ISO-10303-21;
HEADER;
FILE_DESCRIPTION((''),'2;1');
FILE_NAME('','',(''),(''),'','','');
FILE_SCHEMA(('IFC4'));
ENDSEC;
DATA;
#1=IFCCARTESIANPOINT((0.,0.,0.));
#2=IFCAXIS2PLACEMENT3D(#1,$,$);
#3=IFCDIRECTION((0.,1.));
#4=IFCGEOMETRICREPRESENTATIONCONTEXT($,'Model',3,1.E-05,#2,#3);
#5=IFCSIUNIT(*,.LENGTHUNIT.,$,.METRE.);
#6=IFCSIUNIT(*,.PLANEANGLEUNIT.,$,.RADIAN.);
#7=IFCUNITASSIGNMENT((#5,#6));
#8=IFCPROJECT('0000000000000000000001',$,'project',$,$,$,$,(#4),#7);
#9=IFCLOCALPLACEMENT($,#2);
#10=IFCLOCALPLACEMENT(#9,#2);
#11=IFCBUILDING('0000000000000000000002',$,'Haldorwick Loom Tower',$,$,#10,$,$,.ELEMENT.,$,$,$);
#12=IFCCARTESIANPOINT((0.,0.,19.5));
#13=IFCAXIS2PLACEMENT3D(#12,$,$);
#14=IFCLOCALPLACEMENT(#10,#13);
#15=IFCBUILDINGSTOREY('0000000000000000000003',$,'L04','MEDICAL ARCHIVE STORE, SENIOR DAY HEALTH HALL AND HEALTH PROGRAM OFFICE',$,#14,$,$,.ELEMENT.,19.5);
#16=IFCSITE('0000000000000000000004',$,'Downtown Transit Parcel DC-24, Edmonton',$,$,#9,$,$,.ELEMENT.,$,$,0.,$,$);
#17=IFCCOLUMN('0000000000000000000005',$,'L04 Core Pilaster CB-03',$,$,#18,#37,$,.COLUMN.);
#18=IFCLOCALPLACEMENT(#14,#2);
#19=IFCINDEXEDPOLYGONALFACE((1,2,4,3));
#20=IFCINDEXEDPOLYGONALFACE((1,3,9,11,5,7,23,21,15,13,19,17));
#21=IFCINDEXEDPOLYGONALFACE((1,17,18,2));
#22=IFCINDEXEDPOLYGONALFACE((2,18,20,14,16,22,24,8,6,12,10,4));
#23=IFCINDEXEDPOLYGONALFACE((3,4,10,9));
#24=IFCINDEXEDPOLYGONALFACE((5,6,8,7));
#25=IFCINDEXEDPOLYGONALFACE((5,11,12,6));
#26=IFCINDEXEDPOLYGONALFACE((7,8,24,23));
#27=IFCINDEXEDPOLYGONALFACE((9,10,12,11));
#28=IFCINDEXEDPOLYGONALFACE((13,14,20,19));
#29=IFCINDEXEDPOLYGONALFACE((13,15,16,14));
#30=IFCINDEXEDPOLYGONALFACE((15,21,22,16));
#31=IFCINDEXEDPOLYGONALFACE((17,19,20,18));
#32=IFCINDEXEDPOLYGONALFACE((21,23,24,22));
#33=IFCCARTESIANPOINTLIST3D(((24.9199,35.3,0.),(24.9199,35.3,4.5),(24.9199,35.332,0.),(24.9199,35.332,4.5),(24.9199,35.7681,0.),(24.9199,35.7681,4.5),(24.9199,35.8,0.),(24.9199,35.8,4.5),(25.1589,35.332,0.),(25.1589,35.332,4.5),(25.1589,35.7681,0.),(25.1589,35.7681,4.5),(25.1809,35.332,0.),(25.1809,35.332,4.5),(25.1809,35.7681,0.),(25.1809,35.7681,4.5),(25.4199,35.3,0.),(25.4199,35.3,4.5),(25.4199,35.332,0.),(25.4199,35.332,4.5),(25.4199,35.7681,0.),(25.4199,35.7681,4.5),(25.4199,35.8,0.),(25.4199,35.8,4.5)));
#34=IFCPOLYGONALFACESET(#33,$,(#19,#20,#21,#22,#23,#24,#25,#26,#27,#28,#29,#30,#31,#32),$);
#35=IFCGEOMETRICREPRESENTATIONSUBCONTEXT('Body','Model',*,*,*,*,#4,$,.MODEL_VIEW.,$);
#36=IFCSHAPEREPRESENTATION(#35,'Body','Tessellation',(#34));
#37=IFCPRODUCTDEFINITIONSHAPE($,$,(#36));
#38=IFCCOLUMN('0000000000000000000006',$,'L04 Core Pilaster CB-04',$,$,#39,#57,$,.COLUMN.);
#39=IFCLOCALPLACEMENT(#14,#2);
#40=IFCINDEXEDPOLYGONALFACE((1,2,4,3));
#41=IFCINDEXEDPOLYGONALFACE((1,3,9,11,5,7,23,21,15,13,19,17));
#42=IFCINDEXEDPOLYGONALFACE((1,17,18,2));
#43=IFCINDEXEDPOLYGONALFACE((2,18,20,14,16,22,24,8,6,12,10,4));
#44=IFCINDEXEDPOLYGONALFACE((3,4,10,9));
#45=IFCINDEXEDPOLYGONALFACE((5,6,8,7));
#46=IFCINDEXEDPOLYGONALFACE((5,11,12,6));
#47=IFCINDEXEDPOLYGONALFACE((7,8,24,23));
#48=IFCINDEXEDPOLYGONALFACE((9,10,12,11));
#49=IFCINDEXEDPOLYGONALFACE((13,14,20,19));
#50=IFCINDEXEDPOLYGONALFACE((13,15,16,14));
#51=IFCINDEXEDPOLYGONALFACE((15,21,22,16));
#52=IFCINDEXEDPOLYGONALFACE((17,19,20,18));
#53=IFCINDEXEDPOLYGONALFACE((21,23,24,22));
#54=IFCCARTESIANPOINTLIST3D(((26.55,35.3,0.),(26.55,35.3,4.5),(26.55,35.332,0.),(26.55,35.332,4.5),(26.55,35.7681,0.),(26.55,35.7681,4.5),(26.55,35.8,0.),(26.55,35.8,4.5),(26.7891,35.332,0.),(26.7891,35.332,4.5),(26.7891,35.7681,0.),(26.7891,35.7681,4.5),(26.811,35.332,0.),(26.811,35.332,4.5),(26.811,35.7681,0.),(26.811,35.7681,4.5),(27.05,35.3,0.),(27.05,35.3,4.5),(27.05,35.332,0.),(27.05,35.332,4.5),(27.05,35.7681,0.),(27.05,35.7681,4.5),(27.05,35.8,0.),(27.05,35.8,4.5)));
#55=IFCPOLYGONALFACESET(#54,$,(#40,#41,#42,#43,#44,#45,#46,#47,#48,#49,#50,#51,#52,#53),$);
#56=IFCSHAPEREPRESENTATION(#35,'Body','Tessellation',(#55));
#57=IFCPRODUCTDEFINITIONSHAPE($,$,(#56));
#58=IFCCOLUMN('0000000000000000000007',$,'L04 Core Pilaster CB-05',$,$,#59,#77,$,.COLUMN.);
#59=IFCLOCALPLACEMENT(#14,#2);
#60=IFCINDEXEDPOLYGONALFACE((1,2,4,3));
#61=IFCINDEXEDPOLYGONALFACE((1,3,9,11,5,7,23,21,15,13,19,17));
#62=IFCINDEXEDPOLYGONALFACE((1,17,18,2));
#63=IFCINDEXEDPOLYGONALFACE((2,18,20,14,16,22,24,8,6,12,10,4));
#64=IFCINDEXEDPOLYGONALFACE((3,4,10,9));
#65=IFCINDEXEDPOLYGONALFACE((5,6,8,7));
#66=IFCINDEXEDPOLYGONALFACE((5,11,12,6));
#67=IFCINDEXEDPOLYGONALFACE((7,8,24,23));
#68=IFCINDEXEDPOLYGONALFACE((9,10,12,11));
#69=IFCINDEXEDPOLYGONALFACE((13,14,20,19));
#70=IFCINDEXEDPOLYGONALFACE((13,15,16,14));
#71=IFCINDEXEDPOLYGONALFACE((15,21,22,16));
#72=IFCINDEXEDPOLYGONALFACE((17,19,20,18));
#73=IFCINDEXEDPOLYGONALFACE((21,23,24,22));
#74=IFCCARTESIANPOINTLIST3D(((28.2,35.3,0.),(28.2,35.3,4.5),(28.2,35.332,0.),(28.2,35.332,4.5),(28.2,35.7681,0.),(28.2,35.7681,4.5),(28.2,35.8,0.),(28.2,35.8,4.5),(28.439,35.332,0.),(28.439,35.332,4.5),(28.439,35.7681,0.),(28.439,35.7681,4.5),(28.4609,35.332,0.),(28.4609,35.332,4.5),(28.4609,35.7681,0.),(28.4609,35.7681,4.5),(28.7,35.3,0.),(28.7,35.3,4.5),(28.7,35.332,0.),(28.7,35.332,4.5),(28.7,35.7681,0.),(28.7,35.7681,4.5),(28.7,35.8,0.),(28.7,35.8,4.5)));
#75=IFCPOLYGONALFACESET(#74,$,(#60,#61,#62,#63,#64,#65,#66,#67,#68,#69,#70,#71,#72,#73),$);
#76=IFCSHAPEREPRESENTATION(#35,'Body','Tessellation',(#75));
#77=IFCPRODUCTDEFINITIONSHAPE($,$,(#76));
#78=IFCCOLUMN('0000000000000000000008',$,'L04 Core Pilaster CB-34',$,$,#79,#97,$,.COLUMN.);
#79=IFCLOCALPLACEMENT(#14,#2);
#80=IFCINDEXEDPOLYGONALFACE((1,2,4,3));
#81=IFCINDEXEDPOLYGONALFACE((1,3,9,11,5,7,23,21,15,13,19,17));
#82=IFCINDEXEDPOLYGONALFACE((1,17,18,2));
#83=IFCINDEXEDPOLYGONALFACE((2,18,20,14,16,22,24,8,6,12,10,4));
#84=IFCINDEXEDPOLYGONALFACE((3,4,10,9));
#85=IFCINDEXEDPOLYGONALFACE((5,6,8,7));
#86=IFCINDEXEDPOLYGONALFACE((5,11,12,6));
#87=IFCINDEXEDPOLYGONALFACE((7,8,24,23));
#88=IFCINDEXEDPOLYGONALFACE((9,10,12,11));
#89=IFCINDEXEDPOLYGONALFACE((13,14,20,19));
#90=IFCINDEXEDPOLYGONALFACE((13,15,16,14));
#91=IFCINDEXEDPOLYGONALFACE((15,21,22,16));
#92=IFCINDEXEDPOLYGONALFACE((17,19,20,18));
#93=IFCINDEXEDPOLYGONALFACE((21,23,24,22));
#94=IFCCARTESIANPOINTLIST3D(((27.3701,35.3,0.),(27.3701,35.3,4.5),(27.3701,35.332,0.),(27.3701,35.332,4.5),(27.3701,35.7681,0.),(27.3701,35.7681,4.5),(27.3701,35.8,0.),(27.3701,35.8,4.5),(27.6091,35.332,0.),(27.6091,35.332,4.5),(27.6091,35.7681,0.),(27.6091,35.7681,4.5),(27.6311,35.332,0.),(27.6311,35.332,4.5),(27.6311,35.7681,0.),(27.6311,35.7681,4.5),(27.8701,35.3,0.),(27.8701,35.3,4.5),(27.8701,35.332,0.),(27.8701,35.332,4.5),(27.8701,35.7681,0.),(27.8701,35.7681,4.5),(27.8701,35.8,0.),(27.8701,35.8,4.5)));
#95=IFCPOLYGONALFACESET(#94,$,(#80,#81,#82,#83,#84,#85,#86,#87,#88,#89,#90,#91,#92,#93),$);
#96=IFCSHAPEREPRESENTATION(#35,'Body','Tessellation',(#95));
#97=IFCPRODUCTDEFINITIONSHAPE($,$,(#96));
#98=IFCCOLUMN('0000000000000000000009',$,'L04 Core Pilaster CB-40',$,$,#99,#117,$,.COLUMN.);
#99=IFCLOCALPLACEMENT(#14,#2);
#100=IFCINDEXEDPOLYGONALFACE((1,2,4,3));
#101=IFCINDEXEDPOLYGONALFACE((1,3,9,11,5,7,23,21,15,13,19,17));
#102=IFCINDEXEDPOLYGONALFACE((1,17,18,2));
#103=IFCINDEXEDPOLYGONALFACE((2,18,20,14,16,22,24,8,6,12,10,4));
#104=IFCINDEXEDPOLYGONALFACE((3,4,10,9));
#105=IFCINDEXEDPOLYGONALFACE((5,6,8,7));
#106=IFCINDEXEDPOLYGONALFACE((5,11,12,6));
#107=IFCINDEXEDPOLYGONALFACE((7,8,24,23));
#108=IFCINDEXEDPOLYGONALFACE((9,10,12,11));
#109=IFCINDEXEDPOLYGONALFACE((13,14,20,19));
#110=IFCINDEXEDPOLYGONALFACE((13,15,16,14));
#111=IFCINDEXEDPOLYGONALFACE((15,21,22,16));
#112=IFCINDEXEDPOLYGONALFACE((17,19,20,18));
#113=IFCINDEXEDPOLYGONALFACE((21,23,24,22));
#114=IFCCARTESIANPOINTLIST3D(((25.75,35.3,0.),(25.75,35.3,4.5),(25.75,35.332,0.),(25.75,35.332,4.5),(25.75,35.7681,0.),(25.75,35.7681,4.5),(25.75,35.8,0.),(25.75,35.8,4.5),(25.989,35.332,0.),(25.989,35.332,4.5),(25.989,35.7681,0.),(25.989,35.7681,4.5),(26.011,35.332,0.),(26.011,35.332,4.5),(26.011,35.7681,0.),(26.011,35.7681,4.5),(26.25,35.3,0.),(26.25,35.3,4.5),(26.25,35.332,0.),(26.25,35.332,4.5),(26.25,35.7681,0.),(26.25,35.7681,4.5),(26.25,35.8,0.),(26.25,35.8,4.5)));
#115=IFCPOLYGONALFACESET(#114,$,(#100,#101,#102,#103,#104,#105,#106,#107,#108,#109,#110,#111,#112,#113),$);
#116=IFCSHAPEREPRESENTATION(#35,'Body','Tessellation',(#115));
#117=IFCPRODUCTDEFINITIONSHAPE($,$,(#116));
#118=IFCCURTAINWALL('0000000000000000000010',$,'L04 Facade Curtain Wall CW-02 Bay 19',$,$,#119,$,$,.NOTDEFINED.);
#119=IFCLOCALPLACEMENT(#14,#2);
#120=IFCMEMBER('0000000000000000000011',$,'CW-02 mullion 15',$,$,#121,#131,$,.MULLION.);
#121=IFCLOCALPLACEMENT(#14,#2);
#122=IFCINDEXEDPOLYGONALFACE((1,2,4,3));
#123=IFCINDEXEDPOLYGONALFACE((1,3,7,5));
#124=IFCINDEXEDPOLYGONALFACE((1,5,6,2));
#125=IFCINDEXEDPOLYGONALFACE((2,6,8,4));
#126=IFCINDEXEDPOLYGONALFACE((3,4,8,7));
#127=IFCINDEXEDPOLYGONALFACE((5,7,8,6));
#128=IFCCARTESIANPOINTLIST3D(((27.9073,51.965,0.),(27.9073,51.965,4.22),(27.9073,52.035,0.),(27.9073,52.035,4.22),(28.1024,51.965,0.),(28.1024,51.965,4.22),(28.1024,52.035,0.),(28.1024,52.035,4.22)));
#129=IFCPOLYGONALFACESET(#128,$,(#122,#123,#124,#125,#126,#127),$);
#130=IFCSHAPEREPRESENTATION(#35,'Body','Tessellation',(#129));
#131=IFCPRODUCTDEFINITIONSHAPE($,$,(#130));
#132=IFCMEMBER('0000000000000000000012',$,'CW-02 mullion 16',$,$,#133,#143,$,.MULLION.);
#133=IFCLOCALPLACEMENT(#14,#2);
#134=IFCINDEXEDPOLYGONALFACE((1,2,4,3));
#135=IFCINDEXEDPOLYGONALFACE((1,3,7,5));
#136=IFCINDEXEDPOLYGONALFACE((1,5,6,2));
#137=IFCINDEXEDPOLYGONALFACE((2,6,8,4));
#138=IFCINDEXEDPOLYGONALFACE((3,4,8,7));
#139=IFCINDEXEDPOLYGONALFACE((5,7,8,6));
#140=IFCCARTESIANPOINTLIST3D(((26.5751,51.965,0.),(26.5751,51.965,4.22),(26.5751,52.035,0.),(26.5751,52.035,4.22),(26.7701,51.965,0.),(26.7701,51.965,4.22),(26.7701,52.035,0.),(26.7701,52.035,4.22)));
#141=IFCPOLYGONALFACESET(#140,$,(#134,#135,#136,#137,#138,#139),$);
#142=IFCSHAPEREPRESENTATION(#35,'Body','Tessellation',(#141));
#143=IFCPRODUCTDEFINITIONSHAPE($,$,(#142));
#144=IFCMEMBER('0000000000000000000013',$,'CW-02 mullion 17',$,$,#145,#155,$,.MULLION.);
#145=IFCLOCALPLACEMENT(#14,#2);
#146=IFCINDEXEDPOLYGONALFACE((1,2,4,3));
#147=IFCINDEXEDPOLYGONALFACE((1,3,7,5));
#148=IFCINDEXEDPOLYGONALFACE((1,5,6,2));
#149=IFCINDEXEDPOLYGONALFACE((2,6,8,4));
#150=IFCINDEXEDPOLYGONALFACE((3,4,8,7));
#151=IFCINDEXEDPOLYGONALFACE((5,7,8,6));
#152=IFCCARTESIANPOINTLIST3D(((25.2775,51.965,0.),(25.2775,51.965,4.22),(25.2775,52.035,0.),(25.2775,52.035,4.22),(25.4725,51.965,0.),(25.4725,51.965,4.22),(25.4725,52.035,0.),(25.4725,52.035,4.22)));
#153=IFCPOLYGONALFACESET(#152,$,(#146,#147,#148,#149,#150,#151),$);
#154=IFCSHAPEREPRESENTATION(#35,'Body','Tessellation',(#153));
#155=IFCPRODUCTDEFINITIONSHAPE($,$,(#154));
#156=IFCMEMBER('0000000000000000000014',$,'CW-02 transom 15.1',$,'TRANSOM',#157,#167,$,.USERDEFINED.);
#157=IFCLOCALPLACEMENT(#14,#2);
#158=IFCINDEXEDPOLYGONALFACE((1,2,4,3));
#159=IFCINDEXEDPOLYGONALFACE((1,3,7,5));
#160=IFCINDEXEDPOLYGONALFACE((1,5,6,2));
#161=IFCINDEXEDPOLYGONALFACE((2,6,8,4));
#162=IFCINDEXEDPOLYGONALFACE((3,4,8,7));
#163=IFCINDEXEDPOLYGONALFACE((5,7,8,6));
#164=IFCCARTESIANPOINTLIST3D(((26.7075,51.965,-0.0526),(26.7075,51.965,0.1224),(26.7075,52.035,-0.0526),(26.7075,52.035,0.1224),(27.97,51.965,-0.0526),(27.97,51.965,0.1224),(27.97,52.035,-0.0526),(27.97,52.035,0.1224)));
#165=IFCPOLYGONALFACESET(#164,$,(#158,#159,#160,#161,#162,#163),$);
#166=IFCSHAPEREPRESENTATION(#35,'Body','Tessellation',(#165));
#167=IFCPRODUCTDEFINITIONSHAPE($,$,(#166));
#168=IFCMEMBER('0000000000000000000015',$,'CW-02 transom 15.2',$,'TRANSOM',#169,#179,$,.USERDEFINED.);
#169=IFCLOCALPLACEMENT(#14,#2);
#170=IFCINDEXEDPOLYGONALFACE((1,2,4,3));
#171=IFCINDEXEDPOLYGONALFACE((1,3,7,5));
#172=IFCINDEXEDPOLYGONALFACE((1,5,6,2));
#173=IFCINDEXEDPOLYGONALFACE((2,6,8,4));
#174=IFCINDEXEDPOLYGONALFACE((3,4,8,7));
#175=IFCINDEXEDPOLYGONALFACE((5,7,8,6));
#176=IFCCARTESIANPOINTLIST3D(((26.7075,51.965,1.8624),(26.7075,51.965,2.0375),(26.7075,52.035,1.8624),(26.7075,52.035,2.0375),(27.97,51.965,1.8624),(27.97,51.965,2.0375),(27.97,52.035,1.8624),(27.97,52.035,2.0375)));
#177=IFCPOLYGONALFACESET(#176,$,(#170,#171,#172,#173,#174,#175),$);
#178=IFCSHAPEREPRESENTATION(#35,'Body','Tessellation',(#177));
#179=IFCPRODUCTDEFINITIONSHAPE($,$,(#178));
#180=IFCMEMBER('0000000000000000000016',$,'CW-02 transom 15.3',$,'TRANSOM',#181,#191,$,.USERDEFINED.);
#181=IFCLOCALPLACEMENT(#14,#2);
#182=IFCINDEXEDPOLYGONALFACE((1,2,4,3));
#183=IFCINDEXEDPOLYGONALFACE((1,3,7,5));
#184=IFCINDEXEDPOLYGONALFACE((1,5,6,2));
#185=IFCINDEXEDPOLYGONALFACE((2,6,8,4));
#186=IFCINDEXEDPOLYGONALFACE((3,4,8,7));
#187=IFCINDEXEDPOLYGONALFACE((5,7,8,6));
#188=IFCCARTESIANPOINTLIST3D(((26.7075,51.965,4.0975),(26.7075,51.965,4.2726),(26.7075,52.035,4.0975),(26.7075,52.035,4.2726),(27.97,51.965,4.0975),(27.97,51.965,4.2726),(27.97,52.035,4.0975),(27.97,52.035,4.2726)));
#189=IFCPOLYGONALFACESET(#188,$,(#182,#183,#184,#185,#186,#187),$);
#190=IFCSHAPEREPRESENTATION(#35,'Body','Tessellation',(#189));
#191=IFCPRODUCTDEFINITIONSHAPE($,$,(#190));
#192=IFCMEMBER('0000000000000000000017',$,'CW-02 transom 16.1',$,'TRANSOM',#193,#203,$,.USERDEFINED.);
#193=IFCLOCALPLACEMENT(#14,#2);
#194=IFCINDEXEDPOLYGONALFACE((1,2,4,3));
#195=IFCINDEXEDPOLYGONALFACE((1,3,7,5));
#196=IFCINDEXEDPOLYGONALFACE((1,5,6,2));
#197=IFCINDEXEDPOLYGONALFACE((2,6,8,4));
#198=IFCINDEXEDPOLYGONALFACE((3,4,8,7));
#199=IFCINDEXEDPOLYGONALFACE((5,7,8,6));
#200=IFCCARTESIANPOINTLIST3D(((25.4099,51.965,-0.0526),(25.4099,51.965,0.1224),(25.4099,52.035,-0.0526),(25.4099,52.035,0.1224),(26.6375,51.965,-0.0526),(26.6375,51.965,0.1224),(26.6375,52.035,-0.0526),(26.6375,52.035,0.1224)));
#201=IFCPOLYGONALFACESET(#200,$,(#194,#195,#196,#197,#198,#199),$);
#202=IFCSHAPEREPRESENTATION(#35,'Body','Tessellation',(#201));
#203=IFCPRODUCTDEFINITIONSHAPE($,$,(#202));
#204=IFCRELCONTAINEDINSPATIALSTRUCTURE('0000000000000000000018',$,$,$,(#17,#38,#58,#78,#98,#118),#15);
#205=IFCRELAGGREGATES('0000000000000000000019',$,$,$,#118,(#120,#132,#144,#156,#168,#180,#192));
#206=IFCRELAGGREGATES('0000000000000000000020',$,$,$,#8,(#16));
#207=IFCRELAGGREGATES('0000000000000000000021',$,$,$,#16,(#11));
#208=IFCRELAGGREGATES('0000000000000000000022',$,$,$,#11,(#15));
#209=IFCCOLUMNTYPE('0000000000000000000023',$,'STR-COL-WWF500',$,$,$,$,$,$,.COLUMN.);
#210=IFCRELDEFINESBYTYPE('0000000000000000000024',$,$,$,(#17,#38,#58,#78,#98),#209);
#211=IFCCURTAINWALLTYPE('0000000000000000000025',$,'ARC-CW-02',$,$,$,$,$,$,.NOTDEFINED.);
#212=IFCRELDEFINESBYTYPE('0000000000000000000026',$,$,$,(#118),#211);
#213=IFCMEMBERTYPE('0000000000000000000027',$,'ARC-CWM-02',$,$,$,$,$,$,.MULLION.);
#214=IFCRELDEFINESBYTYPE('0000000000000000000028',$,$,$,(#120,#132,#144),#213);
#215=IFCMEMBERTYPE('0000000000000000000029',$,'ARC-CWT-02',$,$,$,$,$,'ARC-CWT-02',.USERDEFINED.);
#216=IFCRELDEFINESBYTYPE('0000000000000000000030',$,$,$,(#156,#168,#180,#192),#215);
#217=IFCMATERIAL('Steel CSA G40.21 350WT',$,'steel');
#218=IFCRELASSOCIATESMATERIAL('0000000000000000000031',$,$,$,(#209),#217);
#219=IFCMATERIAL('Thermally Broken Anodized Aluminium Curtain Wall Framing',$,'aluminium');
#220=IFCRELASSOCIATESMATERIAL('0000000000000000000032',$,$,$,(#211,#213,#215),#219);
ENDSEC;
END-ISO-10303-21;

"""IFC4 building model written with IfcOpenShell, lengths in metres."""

from ifc_helpers import new_model, si_unit, direction, frame, origin, origin_2d, place, context, subcontext, project, spatial, rectangle, i_section, extrude, material, material_profile, profile_set, type_object, element, aggregate, save


model = new_model("IFC4")

# Units and contexts
model_context = context("Model", 3, precision=1e-05, world=origin(), true_north=direction((0.0, 1.0)))
body_context = subcontext(model_context, "Body", "Model", "MODEL_VIEW")
ifc_project = project(units=[si_unit("LENGTHUNIT", "METRE"), si_unit("PLANEANGLEUNIT", "RADIAN")], contexts=[model_context])

# Site, building, storey
site_placement = place(None, origin())
site = spatial("IfcSite", under=ifc_project, at=site_placement, Name="Downtown Transit Parcel DC-24, Edmonton", CompositionType="ELEMENT", RefElevation=0.0)
building_placement = place(site_placement, origin())
building = spatial("IfcBuilding", under=site, at=building_placement, Name="Haldorwick Loom Tower", CompositionType="ELEMENT")
storey_placement = place(building_placement, frame((0.0, 0.0, 19.5)))
storey = spatial("IfcBuildingStorey", under=building, at=storey_placement, Name="L04", Description="MEDICAL ARCHIVE STORE, SENIOR DAY HEALTH HALL AND HEALTH PROGRAM OFFICE", CompositionType="ELEMENT", Elevation=19.5)

# Columns
ifc_material_1 = material(Name="Steel CSA G40.21 350WT", Category="steel")
ifc_material_profile_1 = material_profile(ifc_material_1, i_section(OverallWidth=0.5, OverallDepth=0.5, WebThickness=0.022, FlangeThickness=0.032, at=origin_2d()), Name="WWF500X500", Category="steel")
ifc_profile_set_1 = profile_set([ifc_material_profile_1], Name="Steel CSA G40.21 350WT")
column_type = type_object("IfcColumnType", Name="STR-COL-WWF500", PredefinedType="COLUMN", material=ifc_profile_set_1)
for number, where, z_axis, x_axis, name in (
    (1, (25.1699, 35.55, 0.0), (0.0, 0.0, 1.0), (1.0, 0.0, 0.0), "L04 Core Pilaster CB-03"),
    (2, (26.8, 35.55, 0.0), (0.0, 0.0, 1.0), (1.0, 0.0, 0.0), "L04 Core Pilaster CB-04"),
    (3, (28.45, 35.55, 0.0), (0.0, 0.0, 1.0), (1.0, 0.0, 0.0), "L04 Core Pilaster CB-05"),
    (4, (27.6201, 35.55, 0.0), (0.0, 0.0, 1.0), (1.0, 0.0, 0.0), "L04 Core Pilaster CB-34"),
    (5, (26.0, 35.55, 0.0), (0.0, 0.0, 1.0), (1.0, 0.0, 0.0), "L04 Core Pilaster CB-40"),
):
    element("IfcColumn", number, at=place(storey_placement, frame(where, z_axis=z_axis, x_axis=x_axis)), inside=storey, type_object=column_type, Name=name, PredefinedType="COLUMN", context=body_context, shape_type="SweptSolid", body=[
        extrude(i_section(OverallWidth=0.5, OverallDepth=0.5, WebThickness=0.022, FlangeThickness=0.032, at=origin_2d()), origin(), (0.0, 0.0, 1.0), 4.5),
    ])

# Curtain wall, members
ifc_material_2 = material(Name="Thermally Broken Anodized Aluminium Curtain Wall Framing", Category="aluminium")
curtain_wall_type = type_object("IfcCurtainWallType", Name="ARC-CW-02", PredefinedType="NOTDEFINED", material=ifc_material_2)
curtain_wall_placement = place(storey_placement, origin())
curtain_wall = element("IfcCurtainWall", 6, at=curtain_wall_placement, inside=storey, type_object=curtain_wall_type, Name="L04 Facade Curtain Wall CW-02 Bay 19", PredefinedType="NOTDEFINED")
ifc_material_profile_2 = material_profile(ifc_material_2, rectangle(XDim=0.0701, YDim=0.1951, at=origin_2d()), Name="ALU_MUL_70X195", Category="aluminium")
ifc_profile_set_2 = profile_set([ifc_material_profile_2], Name="Thermally Broken Anodized Aluminium Curtain Wall Framing")
member_type_1 = type_object("IfcMemberType", Name="ARC-CWM-02", PredefinedType="MULLION", material=ifc_profile_set_2)
member_1_placement = place(storey_placement, frame((28.0049, 52.0, 0.0), z_axis=(0.0, 0.0, 1.0), x_axis=(0.0, -1.0, 0.0)))
member_1 = element("IfcMember", 7, at=member_1_placement, type_object=member_type_1, Name="CW-02 mullion 15", PredefinedType="MULLION", context=body_context, shape_type="SweptSolid", body=[
    extrude(rectangle(XDim=0.0701, YDim=0.1951, at=origin_2d()), origin(), (0.0, 0.0, 1.0), 4.22),
])
member_2_placement = place(storey_placement, frame((26.6726, 52.0, 0.0), z_axis=(0.0, 0.0, 1.0), x_axis=(0.0, -1.0, 0.0)))
member_2 = element("IfcMember", 8, at=member_2_placement, type_object=member_type_1, Name="CW-02 mullion 16", PredefinedType="MULLION", context=body_context, shape_type="SweptSolid", body=[
    extrude(rectangle(XDim=0.0701, YDim=0.1951, at=origin_2d()), origin(), (0.0, 0.0, 1.0), 4.22),
])
member_3_placement = place(storey_placement, frame((25.375, 52.0, 0.0), z_axis=(0.0, 0.0, 1.0), x_axis=(0.0, -1.0, 0.0)))
member_3 = element("IfcMember", 9, at=member_3_placement, type_object=member_type_1, Name="CW-02 mullion 17", PredefinedType="MULLION", context=body_context, shape_type="SweptSolid", body=[
    extrude(rectangle(XDim=0.0701, YDim=0.1951, at=origin_2d()), origin(), (0.0, 0.0, 1.0), 4.22),
])
ifc_material_profile_3 = material_profile(ifc_material_2, rectangle(XDim=0.0701, YDim=0.175, at=origin_2d()), Name="ALU_TRN_70X175", Category="aluminium")
ifc_profile_set_3 = profile_set([ifc_material_profile_3], Name="Thermally Broken Anodized Aluminium Curtain Wall Framing")
member_type_2 = type_object("IfcMemberType", Name="ARC-CWT-02", ElementType="ARC-CWT-02", PredefinedType="USERDEFINED", material=ifc_profile_set_3)
member_4_placement = place(storey_placement, frame((27.97, 52.0, 0.0349), z_axis=(-1.0, 0.0, 0.0), x_axis=(0.0, -1.0, 0.0)))
member_4 = element("IfcMember", 10, at=member_4_placement, type_object=member_type_2, Name="CW-02 transom 15.1", ObjectType="TRANSOM", PredefinedType="USERDEFINED", context=body_context, shape_type="SweptSolid", body=[
    extrude(rectangle(XDim=0.0701, YDim=0.175, at=origin_2d()), origin(), (0.0, 0.0, 1.0), 1.2625),
])
member_5_placement = place(storey_placement, frame((27.97, 52.0, 1.95), z_axis=(-1.0, 0.0, 0.0), x_axis=(0.0, -1.0, 0.0)))
member_5 = element("IfcMember", 11, at=member_5_placement, type_object=member_type_2, Name="CW-02 transom 15.2", ObjectType="TRANSOM", PredefinedType="USERDEFINED", context=body_context, shape_type="SweptSolid", body=[
    extrude(rectangle(XDim=0.0701, YDim=0.175, at=origin_2d()), origin(), (0.0, 0.0, 1.0), 1.2625),
])
member_6_placement = place(storey_placement, frame((27.97, 52.0, 4.1851), z_axis=(-1.0, 0.0, 0.0), x_axis=(0.0, -1.0, 0.0)))
member_6 = element("IfcMember", 12, at=member_6_placement, type_object=member_type_2, Name="CW-02 transom 15.3", ObjectType="TRANSOM", PredefinedType="USERDEFINED", context=body_context, shape_type="SweptSolid", body=[
    extrude(rectangle(XDim=0.0701, YDim=0.175, at=origin_2d()), origin(), (0.0, 0.0, 1.0), 1.2625),
])
member_7_placement = place(storey_placement, frame((26.6375, 52.0, 0.0349), z_axis=(-1.0, 0.0, 0.0), x_axis=(0.0, -1.0, 0.0)))
member_7 = element("IfcMember", 13, at=member_7_placement, type_object=member_type_2, Name="CW-02 transom 16.1", ObjectType="TRANSOM", PredefinedType="USERDEFINED", context=body_context, shape_type="SweptSolid", body=[
    extrude(rectangle(XDim=0.0701, YDim=0.175, at=origin_2d()), origin(), (0.0, 0.0, 1.0), 1.2275),
])

aggregate(curtain_wall, [member_1, member_2, member_3, member_4, member_5, member_6, member_7])

save(model, "model.ifc")
